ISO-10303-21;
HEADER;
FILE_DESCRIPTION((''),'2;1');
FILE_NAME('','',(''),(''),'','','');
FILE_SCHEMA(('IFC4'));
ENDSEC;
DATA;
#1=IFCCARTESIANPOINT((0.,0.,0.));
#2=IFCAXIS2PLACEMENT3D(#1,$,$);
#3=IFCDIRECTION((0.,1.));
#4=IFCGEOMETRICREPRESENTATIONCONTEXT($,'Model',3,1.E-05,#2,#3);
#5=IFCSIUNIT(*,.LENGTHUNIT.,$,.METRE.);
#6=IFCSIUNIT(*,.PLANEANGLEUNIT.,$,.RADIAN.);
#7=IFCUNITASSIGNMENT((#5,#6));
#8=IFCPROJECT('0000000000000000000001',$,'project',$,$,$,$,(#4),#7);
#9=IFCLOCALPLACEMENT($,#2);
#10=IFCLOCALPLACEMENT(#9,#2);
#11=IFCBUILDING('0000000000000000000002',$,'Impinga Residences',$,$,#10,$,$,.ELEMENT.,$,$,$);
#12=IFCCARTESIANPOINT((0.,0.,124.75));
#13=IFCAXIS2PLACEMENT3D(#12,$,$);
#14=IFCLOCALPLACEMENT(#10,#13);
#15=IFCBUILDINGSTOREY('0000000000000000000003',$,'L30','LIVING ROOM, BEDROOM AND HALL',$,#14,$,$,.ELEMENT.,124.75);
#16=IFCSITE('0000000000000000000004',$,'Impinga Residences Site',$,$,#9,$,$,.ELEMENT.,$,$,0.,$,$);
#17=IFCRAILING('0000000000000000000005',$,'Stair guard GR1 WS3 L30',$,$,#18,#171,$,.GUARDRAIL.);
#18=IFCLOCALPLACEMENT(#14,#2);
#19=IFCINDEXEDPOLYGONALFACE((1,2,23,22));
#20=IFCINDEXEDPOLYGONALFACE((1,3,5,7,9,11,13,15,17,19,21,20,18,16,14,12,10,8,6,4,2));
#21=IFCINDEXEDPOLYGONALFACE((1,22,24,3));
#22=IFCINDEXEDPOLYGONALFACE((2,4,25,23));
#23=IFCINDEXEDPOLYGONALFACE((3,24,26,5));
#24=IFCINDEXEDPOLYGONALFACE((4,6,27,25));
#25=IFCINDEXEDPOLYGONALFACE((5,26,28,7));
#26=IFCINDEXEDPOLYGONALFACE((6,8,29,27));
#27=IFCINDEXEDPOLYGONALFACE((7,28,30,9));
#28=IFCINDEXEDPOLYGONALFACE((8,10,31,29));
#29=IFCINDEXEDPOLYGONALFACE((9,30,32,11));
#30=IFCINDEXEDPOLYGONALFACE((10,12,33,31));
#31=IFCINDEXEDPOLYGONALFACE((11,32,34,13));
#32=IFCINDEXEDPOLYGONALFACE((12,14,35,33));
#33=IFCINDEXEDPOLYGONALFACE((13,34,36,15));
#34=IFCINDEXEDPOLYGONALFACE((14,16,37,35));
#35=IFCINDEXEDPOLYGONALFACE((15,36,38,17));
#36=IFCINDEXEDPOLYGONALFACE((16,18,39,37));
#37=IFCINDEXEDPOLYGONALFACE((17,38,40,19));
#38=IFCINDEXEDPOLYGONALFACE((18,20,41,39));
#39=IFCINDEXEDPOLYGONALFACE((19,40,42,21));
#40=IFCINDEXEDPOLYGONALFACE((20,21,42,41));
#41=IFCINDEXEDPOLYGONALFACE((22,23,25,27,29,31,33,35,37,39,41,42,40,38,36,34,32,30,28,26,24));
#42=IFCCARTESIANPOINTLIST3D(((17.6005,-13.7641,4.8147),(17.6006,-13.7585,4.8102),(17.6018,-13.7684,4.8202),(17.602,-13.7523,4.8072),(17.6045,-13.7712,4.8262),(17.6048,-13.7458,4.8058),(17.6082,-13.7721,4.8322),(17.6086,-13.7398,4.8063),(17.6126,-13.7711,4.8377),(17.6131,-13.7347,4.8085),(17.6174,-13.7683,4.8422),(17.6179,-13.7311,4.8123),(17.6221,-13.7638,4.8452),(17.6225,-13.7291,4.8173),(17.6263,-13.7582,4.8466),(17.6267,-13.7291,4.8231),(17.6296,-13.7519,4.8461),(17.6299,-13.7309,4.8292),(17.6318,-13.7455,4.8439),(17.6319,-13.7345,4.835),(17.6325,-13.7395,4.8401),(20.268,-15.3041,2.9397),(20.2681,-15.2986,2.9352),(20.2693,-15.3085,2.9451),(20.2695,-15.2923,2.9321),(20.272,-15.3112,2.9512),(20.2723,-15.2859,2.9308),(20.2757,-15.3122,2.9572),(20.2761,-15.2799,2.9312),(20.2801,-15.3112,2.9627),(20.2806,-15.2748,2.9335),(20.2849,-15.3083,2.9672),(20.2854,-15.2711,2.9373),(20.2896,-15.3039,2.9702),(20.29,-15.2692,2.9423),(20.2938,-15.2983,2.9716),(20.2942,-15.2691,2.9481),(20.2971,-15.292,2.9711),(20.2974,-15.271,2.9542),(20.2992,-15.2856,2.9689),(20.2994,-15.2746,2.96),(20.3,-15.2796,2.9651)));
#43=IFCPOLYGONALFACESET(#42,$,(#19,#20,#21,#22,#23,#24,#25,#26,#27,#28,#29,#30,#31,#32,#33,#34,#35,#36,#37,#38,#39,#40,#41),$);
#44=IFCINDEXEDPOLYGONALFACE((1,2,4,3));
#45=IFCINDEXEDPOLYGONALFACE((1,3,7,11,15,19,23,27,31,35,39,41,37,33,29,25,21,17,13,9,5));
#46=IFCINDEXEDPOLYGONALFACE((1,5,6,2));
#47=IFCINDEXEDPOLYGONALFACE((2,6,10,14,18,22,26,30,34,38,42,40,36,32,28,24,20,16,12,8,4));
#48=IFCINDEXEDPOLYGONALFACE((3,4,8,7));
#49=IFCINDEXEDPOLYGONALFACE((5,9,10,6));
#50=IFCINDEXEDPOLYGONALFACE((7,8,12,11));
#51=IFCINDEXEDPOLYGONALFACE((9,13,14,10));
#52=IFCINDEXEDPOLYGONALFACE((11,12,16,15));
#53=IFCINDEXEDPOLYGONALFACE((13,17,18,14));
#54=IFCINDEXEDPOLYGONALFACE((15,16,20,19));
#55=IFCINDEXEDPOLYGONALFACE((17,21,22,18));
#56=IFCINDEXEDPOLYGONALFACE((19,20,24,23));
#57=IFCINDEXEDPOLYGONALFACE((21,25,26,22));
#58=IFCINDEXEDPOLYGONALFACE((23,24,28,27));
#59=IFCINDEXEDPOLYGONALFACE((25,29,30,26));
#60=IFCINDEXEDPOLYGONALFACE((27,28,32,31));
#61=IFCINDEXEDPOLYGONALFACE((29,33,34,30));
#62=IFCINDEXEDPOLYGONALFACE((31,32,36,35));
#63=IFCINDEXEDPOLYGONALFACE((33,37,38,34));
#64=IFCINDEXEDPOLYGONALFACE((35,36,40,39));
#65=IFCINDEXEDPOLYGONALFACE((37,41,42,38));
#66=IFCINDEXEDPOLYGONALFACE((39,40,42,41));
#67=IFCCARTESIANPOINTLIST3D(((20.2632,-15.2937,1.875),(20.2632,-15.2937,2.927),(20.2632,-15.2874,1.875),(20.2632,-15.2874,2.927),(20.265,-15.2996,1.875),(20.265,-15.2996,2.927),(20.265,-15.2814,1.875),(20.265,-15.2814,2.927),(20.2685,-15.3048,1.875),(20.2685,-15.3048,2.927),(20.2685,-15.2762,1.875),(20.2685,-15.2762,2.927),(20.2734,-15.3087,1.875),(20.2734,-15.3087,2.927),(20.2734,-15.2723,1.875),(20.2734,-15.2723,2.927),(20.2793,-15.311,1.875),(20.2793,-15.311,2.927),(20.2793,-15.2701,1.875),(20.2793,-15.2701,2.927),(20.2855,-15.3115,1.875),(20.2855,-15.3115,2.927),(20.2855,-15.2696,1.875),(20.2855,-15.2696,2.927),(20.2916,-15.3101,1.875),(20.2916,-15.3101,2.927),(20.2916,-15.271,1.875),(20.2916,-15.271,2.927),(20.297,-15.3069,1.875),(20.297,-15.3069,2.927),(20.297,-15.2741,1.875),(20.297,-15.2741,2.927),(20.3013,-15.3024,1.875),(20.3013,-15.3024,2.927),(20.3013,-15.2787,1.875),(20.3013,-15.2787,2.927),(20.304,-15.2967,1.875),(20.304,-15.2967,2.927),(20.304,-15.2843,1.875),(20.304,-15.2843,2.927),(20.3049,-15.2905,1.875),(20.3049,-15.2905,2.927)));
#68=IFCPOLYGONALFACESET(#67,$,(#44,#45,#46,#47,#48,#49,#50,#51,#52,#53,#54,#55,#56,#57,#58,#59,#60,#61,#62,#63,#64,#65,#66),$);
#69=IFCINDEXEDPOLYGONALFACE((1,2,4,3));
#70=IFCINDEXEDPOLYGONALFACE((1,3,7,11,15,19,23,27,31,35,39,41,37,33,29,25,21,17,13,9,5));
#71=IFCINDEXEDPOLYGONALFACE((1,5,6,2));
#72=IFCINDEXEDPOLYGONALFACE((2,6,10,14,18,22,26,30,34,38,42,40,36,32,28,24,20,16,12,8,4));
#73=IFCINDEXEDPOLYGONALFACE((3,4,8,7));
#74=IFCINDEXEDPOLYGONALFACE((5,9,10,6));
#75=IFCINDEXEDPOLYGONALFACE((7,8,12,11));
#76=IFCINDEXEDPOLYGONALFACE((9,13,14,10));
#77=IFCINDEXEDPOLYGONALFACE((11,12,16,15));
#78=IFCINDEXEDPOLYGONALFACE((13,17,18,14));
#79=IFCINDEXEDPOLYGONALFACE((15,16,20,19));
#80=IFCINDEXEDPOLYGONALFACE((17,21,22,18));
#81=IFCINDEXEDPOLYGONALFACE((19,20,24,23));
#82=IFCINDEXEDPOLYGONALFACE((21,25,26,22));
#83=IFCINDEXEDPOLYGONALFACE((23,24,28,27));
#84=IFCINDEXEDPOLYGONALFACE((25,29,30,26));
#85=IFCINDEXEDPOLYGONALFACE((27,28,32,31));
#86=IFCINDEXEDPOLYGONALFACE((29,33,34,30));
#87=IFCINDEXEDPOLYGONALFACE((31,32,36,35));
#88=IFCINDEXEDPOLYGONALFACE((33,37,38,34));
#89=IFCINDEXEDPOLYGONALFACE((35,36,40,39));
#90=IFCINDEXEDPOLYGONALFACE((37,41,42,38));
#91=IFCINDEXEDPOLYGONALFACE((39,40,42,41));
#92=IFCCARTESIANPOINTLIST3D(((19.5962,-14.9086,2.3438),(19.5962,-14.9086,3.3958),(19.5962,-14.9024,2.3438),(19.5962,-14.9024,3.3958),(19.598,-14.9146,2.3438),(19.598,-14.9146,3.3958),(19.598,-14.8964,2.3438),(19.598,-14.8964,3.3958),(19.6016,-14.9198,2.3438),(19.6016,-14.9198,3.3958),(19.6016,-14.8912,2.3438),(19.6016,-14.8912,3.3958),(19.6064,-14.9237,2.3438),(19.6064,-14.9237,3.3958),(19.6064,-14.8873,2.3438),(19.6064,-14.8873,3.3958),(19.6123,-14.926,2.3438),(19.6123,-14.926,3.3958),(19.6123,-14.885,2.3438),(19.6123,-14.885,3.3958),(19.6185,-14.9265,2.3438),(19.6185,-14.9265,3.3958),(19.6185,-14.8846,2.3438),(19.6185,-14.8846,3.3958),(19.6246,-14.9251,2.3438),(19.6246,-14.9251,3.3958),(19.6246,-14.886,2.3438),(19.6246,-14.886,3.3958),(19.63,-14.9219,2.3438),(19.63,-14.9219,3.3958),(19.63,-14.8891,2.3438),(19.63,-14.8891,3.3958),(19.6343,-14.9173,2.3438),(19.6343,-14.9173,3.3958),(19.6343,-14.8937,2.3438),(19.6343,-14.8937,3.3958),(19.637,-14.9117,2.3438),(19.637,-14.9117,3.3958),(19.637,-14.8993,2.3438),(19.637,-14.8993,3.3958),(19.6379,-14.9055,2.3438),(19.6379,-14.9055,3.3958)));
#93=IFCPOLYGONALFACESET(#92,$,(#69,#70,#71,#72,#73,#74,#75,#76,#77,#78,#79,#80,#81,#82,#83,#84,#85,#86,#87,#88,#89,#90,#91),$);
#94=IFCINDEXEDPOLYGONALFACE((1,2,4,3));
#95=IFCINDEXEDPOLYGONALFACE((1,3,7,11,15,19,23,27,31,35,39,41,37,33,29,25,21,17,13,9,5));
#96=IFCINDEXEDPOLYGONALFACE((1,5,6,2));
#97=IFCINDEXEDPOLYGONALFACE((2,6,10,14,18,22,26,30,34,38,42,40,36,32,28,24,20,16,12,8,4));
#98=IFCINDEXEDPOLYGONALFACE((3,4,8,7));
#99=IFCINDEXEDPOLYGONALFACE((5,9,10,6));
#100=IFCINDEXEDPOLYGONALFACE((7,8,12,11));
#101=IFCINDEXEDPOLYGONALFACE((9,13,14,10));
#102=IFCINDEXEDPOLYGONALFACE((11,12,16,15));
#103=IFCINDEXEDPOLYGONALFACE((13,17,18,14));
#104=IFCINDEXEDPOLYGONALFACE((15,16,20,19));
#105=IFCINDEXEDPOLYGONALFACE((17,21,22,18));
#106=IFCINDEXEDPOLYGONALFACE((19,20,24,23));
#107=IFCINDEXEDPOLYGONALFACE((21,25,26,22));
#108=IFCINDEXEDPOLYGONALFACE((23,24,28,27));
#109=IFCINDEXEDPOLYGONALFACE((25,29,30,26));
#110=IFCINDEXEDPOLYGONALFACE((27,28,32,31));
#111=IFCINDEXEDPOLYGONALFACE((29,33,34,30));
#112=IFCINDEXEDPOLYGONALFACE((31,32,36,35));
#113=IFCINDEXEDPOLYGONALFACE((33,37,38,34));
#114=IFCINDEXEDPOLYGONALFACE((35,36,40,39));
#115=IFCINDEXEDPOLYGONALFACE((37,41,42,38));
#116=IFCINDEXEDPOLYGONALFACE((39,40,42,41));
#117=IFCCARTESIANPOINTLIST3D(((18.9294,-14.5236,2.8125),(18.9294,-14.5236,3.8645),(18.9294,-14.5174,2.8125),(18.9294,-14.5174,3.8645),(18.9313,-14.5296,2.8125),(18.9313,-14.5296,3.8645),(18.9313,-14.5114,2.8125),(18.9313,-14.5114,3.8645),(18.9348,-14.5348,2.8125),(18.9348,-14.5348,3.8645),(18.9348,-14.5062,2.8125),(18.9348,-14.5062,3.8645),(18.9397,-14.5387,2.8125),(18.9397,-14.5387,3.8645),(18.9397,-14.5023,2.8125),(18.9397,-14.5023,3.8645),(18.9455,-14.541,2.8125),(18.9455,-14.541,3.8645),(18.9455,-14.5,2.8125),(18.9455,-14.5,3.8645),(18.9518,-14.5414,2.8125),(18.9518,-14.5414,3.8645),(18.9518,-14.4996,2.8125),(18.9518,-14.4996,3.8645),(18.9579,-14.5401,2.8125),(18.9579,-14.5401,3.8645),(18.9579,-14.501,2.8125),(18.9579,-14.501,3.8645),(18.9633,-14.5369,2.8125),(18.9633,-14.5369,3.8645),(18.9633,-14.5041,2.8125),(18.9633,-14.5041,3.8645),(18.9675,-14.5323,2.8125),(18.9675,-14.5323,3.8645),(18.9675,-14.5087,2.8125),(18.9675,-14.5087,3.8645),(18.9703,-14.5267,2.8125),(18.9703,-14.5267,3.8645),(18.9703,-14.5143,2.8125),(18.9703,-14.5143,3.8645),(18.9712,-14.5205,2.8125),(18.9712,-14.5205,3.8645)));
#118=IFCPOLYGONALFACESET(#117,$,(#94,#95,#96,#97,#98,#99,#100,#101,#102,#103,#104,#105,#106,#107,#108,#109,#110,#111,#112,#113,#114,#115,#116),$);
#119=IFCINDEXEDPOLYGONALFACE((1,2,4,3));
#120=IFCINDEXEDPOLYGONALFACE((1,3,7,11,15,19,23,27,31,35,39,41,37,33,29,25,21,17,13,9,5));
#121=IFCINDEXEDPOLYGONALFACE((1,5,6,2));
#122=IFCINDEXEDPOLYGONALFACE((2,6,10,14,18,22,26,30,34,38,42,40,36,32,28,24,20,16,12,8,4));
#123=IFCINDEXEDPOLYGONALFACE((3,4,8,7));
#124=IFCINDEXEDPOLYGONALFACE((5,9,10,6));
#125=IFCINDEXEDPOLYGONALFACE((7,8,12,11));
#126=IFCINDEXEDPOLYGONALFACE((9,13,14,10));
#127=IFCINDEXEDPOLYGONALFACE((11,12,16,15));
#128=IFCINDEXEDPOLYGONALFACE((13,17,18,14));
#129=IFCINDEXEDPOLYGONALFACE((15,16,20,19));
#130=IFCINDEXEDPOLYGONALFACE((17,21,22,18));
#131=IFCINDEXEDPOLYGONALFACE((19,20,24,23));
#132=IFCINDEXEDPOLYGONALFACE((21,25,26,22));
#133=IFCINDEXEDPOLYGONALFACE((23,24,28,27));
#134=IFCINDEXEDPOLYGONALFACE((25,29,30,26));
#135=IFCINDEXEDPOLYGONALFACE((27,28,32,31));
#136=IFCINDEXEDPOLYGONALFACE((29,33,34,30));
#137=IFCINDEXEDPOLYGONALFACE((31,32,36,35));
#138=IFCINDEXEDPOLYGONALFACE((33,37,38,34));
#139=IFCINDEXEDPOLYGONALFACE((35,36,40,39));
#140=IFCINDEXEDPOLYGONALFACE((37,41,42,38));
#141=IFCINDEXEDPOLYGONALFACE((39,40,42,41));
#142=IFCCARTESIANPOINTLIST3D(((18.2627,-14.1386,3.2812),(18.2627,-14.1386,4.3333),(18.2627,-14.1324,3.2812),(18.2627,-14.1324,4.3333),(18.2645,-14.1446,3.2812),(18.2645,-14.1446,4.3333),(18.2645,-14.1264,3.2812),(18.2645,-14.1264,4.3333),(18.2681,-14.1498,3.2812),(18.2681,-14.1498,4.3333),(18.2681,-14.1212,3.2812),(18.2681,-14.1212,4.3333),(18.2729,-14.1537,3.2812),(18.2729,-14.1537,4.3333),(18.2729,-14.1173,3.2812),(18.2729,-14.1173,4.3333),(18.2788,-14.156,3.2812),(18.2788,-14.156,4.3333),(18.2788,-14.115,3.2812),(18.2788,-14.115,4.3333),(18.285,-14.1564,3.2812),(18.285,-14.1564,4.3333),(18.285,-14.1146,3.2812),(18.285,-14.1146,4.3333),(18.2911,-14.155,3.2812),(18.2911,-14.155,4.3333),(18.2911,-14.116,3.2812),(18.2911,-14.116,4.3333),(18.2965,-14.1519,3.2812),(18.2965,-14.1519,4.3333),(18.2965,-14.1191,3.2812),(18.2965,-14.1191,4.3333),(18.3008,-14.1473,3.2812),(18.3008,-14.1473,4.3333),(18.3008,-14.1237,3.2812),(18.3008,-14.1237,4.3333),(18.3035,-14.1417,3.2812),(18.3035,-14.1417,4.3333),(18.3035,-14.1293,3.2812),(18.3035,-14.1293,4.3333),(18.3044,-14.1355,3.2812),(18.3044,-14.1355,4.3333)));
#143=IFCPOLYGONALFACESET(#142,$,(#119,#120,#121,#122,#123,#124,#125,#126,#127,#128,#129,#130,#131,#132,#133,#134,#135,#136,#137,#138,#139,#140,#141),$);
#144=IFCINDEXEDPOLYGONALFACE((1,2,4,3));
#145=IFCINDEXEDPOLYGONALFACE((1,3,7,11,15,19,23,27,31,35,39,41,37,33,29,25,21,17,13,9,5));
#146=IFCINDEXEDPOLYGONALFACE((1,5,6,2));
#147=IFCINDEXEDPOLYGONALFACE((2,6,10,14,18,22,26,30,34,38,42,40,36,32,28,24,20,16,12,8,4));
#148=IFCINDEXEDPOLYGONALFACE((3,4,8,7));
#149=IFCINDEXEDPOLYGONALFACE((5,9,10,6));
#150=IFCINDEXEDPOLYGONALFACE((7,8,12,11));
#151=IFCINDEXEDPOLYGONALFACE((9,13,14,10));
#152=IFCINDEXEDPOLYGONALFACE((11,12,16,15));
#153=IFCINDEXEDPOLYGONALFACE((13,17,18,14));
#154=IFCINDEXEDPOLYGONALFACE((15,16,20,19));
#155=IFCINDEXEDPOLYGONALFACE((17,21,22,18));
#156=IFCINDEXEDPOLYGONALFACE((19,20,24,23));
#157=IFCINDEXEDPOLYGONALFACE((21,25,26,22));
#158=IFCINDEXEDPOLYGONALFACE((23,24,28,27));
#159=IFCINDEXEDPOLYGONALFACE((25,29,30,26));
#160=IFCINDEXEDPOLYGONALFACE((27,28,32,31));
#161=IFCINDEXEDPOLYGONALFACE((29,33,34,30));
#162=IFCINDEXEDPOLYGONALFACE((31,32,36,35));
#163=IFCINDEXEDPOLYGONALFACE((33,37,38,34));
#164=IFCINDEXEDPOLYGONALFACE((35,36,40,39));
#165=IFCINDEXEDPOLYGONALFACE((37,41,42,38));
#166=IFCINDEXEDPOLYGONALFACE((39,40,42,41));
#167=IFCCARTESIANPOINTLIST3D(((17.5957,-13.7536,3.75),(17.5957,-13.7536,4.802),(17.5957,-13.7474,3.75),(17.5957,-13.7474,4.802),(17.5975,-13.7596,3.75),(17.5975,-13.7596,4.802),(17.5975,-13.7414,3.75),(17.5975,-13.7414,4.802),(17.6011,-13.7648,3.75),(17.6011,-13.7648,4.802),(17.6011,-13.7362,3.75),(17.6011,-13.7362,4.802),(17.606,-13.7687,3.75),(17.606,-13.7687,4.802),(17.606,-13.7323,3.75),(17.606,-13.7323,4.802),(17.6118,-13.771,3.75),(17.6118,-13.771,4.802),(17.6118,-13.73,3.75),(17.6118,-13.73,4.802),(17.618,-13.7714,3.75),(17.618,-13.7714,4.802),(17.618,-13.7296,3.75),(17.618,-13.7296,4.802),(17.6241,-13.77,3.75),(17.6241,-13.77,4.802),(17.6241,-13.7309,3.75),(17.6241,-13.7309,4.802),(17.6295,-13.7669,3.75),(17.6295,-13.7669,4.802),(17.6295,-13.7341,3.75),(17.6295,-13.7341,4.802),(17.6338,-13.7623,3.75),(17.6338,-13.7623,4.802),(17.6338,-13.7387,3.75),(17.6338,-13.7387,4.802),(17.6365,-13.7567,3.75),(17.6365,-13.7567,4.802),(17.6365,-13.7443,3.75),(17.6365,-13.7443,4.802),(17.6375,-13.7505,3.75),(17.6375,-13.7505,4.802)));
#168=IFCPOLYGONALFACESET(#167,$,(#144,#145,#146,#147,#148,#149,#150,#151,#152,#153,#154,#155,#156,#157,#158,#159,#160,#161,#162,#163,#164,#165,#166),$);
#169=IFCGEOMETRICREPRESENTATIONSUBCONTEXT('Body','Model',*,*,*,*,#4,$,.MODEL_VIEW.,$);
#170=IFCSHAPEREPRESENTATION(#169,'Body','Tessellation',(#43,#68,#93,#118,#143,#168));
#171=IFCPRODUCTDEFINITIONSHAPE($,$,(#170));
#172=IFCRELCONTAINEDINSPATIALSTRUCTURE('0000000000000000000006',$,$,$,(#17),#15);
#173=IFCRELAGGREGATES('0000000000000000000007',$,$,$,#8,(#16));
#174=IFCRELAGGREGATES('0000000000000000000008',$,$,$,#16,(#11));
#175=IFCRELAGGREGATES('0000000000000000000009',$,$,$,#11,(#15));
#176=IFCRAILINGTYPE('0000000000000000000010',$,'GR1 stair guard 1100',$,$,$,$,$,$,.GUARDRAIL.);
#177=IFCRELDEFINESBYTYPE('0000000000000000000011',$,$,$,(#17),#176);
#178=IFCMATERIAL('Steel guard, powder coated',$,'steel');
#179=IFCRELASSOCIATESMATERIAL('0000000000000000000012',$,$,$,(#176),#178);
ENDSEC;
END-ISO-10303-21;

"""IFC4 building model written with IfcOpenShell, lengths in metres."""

from ifc_helpers import new_model, si_unit, direction, frame, origin, origin_2d, place, context, subcontext, project, spatial, circle, extrude, material, type_object, element, save


model = new_model("IFC4")

# Units and contexts
model_context = context("Model", 3, precision=1e-05, world=origin(), true_north=direction((0.0, 1.0)))
body_context = subcontext(model_context, "Body", "Model", "MODEL_VIEW")
ifc_project = project(units=[si_unit("LENGTHUNIT", "METRE"), si_unit("PLANEANGLEUNIT", "RADIAN")], contexts=[model_context])

# Site, building, storey
site_placement = place(None, origin())
site = spatial("IfcSite", under=ifc_project, at=site_placement, Name="Impinga Residences Site", CompositionType="ELEMENT", RefElevation=0.0)
building_placement = place(site_placement, origin())
building = spatial("IfcBuilding", under=site, at=building_placement, Name="Impinga Residences", CompositionType="ELEMENT")
storey_placement = place(building_placement, frame((0.0, 0.0, 124.75)))
storey = spatial("IfcBuildingStorey", under=building, at=storey_placement, Name="L30", Description="LIVING ROOM, BEDROOM AND HALL", CompositionType="ELEMENT", Elevation=124.75)

# Railing
ifc_material_1 = material(Name="Steel guard, powder coated", Category="steel")
railing_type_1 = type_object("IfcRailingType", Name="GR1 stair guard 1100", PredefinedType="GUARDRAIL", material=ifc_material_1)
railing_1_placement = place(storey_placement, frame((20.2839, -15.2905, 1.875)))
element("IfcRailing", 1, at=railing_1_placement, inside=storey, type_object=railing_type_1, Name="Stair guard GR1 WS3 L30", PredefinedType="GUARDRAIL", context=body_context, shape_type="SweptSolid", body=[
    extrude(circle(Radius=0.0239, at=origin_2d()), frame((0.0, 0.0, 1.0762), z_axis=(-0.739746, 0.427084, 0.519975), x_axis=(-0.499992, -0.86603, 0.0)), (0.0, 0.0, 1.0), 3.606),
    extrude(circle(Radius=0.021, at=origin_2d()), origin(), (0.0, 0.0, 1.0), 1.052),
    extrude(circle(Radius=0.021, at=origin_2d()), frame((-0.667, 0.385, 0.4688)), (0.0, 0.0, 1.0), 1.052),
    extrude(circle(Radius=0.021, at=origin_2d()), frame((-1.3337, 0.77, 0.9375)), (0.0, 0.0, 1.0), 1.052),
    extrude(circle(Radius=0.021, at=origin_2d()), frame((-2.0005, 1.155, 1.4062)), (0.0, 0.0, 1.0), 1.052),
    extrude(circle(Radius=0.021, at=origin_2d()), frame((-2.6675, 1.54, 1.875)), (0.0, 0.0, 1.0), 1.052),
])

save(model, "model.ifc")
